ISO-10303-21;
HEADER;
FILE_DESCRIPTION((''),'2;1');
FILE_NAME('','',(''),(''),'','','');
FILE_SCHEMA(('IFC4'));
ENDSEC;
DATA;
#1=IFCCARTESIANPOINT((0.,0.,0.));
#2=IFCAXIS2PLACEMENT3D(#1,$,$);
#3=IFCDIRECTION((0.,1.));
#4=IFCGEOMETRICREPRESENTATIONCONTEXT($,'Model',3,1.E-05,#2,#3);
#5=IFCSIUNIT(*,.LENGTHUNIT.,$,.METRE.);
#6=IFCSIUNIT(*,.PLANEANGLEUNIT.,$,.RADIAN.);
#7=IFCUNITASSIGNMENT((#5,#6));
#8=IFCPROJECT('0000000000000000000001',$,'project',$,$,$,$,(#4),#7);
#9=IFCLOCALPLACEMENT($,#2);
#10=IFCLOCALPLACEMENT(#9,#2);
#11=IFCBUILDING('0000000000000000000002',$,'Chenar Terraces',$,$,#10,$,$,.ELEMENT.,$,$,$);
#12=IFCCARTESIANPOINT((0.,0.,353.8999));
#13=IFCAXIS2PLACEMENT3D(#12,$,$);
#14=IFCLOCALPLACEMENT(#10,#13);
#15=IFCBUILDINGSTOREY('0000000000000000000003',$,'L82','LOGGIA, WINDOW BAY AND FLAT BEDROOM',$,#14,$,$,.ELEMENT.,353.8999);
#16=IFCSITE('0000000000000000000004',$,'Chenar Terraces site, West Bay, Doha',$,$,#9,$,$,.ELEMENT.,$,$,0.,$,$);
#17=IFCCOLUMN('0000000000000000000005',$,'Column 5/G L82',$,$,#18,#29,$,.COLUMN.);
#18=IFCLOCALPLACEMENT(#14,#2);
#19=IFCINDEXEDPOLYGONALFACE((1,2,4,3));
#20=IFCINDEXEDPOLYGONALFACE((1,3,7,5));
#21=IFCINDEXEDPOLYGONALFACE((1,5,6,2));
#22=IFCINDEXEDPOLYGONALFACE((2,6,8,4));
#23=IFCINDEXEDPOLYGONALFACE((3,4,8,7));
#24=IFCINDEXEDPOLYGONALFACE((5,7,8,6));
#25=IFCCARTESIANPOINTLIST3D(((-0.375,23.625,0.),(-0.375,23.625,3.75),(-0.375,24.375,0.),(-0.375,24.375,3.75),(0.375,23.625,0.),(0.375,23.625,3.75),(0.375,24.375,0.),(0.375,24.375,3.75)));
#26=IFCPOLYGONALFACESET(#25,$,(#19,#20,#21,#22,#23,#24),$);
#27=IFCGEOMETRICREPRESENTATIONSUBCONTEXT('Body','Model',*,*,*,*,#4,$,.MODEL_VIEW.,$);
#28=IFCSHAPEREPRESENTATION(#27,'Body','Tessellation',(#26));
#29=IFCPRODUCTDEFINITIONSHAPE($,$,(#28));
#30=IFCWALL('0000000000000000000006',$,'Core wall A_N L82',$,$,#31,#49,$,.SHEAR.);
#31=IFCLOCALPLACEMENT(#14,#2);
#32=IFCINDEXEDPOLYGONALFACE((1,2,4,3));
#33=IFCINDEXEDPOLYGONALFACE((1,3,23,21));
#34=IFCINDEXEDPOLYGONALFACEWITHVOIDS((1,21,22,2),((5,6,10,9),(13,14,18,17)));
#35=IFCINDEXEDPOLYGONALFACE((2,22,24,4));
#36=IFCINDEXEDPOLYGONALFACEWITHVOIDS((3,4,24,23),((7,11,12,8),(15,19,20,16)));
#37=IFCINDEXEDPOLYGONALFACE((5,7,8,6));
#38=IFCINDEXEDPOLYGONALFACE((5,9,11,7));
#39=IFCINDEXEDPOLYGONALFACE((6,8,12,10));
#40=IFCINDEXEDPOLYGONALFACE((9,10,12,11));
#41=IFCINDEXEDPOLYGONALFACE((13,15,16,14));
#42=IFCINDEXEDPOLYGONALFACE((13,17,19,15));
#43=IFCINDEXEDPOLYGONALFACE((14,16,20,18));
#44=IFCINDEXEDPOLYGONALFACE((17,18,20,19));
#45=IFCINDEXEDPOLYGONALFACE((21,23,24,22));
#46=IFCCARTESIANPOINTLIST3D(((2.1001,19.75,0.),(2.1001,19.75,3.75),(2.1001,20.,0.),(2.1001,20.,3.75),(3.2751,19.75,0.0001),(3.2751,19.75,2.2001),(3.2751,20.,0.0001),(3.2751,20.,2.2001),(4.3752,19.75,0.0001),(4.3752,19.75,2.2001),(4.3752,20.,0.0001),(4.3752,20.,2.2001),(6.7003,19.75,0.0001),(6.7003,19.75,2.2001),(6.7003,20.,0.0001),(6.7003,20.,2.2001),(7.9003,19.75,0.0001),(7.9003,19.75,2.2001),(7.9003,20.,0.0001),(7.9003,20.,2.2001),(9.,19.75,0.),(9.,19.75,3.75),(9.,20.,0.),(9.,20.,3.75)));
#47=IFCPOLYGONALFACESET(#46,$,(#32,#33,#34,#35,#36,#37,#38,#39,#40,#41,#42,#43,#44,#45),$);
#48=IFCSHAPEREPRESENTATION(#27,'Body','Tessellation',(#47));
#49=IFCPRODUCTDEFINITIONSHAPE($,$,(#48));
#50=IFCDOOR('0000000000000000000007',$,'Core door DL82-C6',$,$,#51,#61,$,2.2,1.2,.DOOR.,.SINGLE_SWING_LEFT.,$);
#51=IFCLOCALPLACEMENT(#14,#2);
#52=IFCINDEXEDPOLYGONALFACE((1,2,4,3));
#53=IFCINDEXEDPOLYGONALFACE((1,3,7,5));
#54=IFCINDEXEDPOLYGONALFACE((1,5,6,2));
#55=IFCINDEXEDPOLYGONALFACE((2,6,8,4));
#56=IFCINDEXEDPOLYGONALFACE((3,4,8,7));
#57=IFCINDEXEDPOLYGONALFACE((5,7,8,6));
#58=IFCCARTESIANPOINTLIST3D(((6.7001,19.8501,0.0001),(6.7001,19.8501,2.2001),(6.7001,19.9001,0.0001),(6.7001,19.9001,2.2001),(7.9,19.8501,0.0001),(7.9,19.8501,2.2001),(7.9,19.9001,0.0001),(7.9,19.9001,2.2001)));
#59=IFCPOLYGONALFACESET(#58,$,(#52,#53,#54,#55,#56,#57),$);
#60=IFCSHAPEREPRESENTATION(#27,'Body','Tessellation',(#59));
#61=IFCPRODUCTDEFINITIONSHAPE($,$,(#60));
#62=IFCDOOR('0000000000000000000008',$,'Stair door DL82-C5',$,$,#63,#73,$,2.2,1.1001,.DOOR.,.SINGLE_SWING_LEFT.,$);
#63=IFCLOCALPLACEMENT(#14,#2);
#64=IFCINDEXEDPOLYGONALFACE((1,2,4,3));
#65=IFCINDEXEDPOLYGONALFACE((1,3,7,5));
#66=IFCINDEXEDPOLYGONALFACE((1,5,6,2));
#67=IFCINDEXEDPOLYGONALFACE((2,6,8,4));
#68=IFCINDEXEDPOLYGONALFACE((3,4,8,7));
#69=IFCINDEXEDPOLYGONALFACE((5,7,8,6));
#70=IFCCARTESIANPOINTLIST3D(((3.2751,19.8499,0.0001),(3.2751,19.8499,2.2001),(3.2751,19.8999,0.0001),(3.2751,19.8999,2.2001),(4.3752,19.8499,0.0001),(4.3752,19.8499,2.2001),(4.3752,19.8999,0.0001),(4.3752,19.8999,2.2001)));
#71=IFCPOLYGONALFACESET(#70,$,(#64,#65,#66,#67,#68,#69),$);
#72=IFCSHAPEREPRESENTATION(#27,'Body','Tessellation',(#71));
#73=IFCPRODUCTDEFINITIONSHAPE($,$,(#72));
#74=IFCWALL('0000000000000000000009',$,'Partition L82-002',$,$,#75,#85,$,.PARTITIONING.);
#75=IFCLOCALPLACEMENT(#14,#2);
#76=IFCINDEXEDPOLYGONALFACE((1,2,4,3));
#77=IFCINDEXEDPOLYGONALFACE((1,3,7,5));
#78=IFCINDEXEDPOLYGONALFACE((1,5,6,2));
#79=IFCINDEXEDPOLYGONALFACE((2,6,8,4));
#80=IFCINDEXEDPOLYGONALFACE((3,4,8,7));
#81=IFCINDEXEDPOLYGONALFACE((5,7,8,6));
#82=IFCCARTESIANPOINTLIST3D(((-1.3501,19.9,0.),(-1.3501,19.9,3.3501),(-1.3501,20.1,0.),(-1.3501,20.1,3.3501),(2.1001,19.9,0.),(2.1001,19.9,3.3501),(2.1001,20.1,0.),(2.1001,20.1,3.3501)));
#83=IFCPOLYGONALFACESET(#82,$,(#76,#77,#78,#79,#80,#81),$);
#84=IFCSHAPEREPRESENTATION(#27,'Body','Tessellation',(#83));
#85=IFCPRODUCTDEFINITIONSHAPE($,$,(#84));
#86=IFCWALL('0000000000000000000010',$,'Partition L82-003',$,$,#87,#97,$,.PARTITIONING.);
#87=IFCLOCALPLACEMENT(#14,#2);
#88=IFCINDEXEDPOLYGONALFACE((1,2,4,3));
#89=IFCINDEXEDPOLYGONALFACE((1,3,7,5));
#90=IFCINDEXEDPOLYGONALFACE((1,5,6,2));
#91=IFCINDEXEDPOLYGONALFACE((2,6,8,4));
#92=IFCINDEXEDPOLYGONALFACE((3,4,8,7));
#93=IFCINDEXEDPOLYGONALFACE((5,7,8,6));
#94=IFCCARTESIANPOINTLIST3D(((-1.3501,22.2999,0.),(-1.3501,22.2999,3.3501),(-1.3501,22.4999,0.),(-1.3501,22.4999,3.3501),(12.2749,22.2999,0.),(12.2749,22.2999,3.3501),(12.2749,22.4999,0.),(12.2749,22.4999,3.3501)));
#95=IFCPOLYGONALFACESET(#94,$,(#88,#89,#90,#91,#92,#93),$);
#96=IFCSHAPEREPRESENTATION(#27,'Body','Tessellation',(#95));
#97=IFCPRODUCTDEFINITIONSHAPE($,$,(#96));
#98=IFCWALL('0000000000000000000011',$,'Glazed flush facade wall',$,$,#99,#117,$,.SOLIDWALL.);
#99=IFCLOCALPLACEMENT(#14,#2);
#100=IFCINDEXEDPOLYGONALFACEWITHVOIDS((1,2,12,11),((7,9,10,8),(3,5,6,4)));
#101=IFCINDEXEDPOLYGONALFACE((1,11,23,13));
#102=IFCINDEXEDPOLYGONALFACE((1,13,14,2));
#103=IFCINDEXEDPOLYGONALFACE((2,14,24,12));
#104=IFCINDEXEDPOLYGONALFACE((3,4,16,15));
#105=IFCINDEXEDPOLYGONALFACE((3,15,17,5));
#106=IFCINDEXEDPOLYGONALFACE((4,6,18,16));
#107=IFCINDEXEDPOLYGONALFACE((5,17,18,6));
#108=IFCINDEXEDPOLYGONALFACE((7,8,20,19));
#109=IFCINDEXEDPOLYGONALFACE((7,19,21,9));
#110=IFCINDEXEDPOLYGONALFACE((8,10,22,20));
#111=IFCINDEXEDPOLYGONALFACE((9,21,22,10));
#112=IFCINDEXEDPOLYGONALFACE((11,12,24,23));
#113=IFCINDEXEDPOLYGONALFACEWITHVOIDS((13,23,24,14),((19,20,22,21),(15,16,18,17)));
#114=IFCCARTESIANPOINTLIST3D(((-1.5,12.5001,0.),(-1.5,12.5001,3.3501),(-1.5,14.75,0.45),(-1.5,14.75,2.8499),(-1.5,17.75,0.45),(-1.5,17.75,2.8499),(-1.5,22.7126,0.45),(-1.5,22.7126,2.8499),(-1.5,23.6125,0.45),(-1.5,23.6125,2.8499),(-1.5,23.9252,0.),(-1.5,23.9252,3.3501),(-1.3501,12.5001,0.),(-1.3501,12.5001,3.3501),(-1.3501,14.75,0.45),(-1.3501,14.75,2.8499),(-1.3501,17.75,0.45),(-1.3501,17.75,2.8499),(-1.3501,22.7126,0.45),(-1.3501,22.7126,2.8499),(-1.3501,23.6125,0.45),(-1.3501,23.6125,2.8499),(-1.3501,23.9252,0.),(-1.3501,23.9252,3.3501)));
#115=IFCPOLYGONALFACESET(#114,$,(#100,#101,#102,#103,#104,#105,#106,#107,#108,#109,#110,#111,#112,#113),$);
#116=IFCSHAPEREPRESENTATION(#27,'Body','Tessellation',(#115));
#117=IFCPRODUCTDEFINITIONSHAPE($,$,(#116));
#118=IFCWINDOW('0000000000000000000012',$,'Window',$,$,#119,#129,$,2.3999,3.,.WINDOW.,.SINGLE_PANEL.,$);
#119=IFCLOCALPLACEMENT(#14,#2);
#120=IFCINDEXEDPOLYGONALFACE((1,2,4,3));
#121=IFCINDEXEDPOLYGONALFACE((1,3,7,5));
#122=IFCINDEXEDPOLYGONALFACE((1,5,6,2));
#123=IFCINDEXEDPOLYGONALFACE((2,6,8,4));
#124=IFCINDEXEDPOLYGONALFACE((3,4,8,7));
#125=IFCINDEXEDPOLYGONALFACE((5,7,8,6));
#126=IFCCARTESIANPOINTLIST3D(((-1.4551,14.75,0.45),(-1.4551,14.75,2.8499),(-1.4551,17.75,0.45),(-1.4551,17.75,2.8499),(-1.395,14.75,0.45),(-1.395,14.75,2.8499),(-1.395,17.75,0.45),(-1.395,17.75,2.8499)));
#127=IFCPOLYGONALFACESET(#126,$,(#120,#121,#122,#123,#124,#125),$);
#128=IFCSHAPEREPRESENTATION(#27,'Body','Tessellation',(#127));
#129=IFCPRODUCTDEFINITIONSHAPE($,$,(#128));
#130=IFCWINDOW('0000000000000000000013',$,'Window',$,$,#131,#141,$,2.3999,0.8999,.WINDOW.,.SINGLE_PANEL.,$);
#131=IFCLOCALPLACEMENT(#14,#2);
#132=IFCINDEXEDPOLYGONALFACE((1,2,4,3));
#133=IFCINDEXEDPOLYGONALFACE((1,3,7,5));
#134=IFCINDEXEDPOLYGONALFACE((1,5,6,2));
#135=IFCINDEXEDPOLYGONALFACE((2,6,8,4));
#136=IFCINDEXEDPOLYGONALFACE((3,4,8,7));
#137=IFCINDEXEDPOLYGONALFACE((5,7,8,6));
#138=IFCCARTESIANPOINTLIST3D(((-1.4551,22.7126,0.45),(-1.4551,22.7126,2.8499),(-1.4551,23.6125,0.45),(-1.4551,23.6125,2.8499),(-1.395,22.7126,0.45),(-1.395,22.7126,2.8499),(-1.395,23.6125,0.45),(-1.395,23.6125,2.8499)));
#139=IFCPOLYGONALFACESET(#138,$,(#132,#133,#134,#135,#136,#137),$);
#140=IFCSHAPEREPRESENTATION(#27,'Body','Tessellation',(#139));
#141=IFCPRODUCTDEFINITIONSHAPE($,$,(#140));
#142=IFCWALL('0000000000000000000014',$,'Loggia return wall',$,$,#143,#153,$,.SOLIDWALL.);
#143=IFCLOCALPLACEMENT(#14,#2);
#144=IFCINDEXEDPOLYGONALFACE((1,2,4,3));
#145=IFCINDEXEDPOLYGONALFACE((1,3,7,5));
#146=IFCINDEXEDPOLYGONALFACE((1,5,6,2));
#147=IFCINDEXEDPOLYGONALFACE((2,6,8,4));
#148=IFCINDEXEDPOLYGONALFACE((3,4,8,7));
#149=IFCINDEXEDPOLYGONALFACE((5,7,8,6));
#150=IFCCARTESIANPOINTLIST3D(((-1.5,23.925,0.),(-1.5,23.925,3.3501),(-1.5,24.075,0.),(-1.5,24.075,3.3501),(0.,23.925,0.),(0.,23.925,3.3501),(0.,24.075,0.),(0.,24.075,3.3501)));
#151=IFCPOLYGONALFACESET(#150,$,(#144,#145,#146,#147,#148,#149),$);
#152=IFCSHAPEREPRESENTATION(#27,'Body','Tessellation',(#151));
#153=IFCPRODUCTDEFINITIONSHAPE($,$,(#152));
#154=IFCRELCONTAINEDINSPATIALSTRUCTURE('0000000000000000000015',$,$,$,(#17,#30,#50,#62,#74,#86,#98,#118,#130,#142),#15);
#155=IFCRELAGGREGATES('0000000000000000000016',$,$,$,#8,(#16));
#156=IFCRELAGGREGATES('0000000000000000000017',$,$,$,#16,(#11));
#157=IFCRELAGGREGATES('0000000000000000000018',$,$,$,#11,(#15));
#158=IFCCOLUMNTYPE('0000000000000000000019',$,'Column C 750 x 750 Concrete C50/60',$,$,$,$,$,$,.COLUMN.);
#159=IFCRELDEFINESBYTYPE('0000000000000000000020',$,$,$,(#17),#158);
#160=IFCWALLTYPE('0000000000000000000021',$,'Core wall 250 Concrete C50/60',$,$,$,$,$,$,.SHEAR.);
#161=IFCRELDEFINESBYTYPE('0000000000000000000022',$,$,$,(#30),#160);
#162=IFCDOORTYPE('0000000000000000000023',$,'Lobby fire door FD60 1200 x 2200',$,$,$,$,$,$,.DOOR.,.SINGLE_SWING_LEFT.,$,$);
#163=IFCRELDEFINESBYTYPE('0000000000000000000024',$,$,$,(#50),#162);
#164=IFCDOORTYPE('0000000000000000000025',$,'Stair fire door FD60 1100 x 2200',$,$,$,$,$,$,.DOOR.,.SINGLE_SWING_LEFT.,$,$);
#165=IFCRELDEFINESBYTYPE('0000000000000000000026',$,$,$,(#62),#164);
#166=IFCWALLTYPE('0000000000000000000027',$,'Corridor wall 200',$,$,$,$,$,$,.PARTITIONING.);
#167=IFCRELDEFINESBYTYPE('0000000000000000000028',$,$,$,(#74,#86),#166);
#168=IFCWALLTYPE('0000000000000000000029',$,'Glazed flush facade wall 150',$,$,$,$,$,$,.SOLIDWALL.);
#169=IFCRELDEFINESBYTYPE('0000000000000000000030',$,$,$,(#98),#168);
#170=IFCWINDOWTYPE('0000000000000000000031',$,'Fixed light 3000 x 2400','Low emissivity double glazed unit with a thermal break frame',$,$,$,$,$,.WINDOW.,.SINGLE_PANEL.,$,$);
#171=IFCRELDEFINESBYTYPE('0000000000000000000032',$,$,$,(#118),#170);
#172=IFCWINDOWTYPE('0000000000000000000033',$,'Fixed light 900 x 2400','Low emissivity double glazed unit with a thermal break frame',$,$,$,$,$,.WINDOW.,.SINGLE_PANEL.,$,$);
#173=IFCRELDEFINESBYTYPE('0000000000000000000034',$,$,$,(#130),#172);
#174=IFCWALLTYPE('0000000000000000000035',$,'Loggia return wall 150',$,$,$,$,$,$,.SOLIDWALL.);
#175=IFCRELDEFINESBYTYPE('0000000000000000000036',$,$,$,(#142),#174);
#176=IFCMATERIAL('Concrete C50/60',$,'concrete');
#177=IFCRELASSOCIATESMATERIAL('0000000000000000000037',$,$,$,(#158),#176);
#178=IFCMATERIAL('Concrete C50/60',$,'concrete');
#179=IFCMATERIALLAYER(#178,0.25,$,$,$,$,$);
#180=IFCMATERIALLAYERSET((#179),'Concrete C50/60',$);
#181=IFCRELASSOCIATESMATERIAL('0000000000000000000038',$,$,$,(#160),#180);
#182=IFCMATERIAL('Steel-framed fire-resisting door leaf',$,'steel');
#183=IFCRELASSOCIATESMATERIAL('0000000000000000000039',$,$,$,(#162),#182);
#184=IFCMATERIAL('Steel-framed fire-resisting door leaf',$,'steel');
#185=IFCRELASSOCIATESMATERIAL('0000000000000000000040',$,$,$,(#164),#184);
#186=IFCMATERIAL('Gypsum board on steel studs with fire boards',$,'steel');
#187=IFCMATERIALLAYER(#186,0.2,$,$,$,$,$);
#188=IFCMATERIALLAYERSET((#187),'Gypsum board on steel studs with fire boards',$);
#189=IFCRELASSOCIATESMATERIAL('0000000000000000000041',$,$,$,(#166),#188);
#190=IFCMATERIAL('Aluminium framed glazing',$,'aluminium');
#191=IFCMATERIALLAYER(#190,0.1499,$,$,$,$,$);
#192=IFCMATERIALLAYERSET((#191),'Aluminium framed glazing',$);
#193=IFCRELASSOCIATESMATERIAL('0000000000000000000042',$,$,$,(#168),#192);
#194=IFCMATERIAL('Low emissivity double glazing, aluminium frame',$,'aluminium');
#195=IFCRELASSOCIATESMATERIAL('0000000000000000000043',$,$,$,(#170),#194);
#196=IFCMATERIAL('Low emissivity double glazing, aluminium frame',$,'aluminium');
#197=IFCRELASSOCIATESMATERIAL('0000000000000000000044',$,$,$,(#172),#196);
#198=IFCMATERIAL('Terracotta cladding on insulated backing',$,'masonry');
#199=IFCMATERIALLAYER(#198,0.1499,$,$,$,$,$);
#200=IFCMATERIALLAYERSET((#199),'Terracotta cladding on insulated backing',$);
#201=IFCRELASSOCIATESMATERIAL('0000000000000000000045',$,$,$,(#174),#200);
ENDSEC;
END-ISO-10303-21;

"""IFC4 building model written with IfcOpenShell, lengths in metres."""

from ifc_helpers import new_model, si_unit, direction, frame, frame_2d, origin, origin_2d, place, context, subcontext, project, spatial, rectangle, extrude, material, layer, layer_set, material_profile, profile_set, type_object, element, fill, save


model = new_model("IFC4")

# Units and contexts
model_context = context("Model", 3, precision=1e-05, world=origin(), true_north=direction((0.0, 1.0)))
body_context = subcontext(model_context, "Body", "Model", "MODEL_VIEW")
ifc_project = project(units=[si_unit("LENGTHUNIT", "METRE"), si_unit("PLANEANGLEUNIT", "RADIAN")], contexts=[model_context])

# Site, building, storey
site_placement = place(None, origin())
site = spatial("IfcSite", under=ifc_project, at=site_placement, Name="Chenar Terraces site, West Bay, Doha", CompositionType="ELEMENT", RefElevation=0.0)
building_placement = place(site_placement, origin())
building = spatial("IfcBuilding", under=site, at=building_placement, Name="Chenar Terraces", CompositionType="ELEMENT")
storey_placement = place(building_placement, frame((0.0, 0.0, 353.8999)))
storey = spatial("IfcBuildingStorey", under=building, at=storey_placement, Name="L82", Description="LOGGIA, WINDOW BAY AND FLAT BEDROOM", CompositionType="ELEMENT", Elevation=353.8999)

# Column
ifc_material_1 = material(Name="Concrete C50/60", Category="concrete")
ifc_material_profile_1 = material_profile(ifc_material_1, rectangle(XDim=0.75, YDim=0.75, at=origin_2d()), Name="C 750 x 750")
ifc_profile_set_1 = profile_set([ifc_material_profile_1], Name="Concrete C50/60")
column_type = type_object("IfcColumnType", Name="Column C 750 x 750 Concrete C50/60", PredefinedType="COLUMN", material=ifc_profile_set_1)
column_placement = place(storey_placement, frame((0.0, 24.0, 0.0), z_axis=(0.0, 0.0, 1.0), x_axis=(1.0, 0.0, 0.0)))
element("IfcColumn", 1, at=column_placement, inside=storey, type_object=column_type, Name="Column 5/G L82", PredefinedType="COLUMN", context=body_context, shape_type="SweptSolid", body=[
    extrude(rectangle(XDim=0.75, YDim=0.75, at=origin_2d()), origin(), (0.0, 0.0, 1.0), 3.75),
])

# Wall, openings, doors
ifc_material_2 = material(Name="Concrete C50/60", Category="concrete")
ifc_layer_1 = layer(ifc_material_2, 0.25)
ifc_layer_set_1 = layer_set([ifc_layer_1], Name="Concrete C50/60")
wall_type_1 = type_object("IfcWallType", Name="Core wall 250 Concrete C50/60", PredefinedType="SHEAR", material=ifc_layer_set_1)
wall_1_placement = place(storey_placement, frame((2.1001, 19.875, 0.0), z_axis=(0.0, 0.0, 1.0), x_axis=(1.0, 0.0, 0.0)))
wall_1 = element("IfcWall", 2, at=wall_1_placement, inside=storey, type_object=wall_type_1, Name="Core wall A_N L82", PredefinedType="SHEAR", context=body_context, shape_type="SweptSolid", body=[
    extrude(rectangle(XDim=6.8999, YDim=0.25, at=frame_2d((3.45, 0.0))), origin(), (0.0, 0.0, 1.0), 3.75),
])
opening_1_placement = place(wall_1_placement, frame((1.175, 0.0, 0.0)))
opening_1 = element("IfcOpeningElement", 3, at=opening_1_placement, cuts=wall_1, PredefinedType="OPENING", context=body_context, shape_type="SweptSolid", body=[
    extrude(rectangle(XDim=1.1001, YDim=2.2, at=frame_2d((0.55, 1.1001))), frame((0.0, 0.135, 0.0), z_axis=(0.0, -1.0, 0.0), x_axis=(1.0, 0.0, 0.0)), (0.0, 0.0, 1.0), 0.27),
])
opening_2_placement = place(wall_1_placement, frame((4.6001, 0.0, 0.0)))
opening_2 = element("IfcOpeningElement", 4, at=opening_2_placement, cuts=wall_1, PredefinedType="OPENING", context=body_context, shape_type="SweptSolid", body=[
    extrude(rectangle(XDim=1.2, YDim=2.2, at=frame_2d((0.6001, 1.1001))), frame((0.0, 0.135, 0.0), z_axis=(0.0, -1.0, 0.0), x_axis=(1.0, 0.0, 0.0)), (0.0, 0.0, 1.0), 0.27),
])
ifc_material_3 = material(Name="Steel-framed fire-resisting door leaf", Category="steel")
door_type_1 = type_object("IfcDoorType", Name="Lobby fire door FD60 1200 x 2200", OperationType="SINGLE_SWING_LEFT", PredefinedType="DOOR", material=ifc_material_3)
door_1_placement = place(opening_2_placement, frame((1.2, 0.0, 0.0), z_axis=(0.0, 0.0, 1.0), x_axis=(-1.0, 0.0, 0.0)))
door_1 = element("IfcDoor", 5, at=door_1_placement, inside=storey, type_object=door_type_1, Name="Core door DL82-C6", OperationType="SINGLE_SWING_LEFT", OverallHeight=2.2, OverallWidth=1.2, PredefinedType="DOOR", context=body_context, shape_type="SweptSolid", body=[
    extrude(rectangle(XDim=1.2, YDim=2.2, at=frame_2d((0.6001, 1.1001))), frame((0.0, 0.0249, 0.0), z_axis=(0.0, -1.0, 0.0), x_axis=(1.0, 0.0, 0.0)), (0.0, 0.0, 1.0), 0.05),
])
fill(opening_2, door_1)
ifc_material_4 = material(Name="Steel-framed fire-resisting door leaf", Category="steel")
door_type_2 = type_object("IfcDoorType", Name="Stair fire door FD60 1100 x 2200", OperationType="SINGLE_SWING_LEFT", PredefinedType="DOOR", material=ifc_material_4)
door_2_placement = place(opening_1_placement, origin())
door_2 = element("IfcDoor", 6, at=door_2_placement, inside=storey, type_object=door_type_2, Name="Stair door DL82-C5", OperationType="SINGLE_SWING_LEFT", OverallHeight=2.2, OverallWidth=1.1001, PredefinedType="DOOR", context=body_context, shape_type="SweptSolid", body=[
    extrude(rectangle(XDim=1.1001, YDim=2.2, at=frame_2d((0.55, 1.1001))), frame((0.0, 0.0249, 0.0), z_axis=(0.0, -1.0, 0.0), x_axis=(1.0, 0.0, 0.0)), (0.0, 0.0, 1.0), 0.05),
])
fill(opening_1, door_2)

# Walls
ifc_material_5 = material(Name="Gypsum board on steel studs with fire boards", Category="steel")
ifc_layer_2 = layer(ifc_material_5, 0.2)
ifc_layer_set_2 = layer_set([ifc_layer_2], Name="Gypsum board on steel studs with fire boards")
wall_type_2 = type_object("IfcWallType", Name="Corridor wall 200", PredefinedType="PARTITIONING", material=ifc_layer_set_2)
wall_2_placement = place(storey_placement, frame((-1.3501, 20.0, 0.0), z_axis=(0.0, 0.0, 1.0), x_axis=(1.0, 0.0, 0.0)))
element("IfcWall", 7, at=wall_2_placement, inside=storey, type_object=wall_type_2, Name="Partition L82-002", PredefinedType="PARTITIONING", context=body_context, shape_type="SweptSolid", body=[
    extrude(rectangle(XDim=3.4502, YDim=0.2, at=frame_2d((1.7251, 0.0))), origin(), (0.0, 0.0, 1.0), 3.3501),
])
wall_3_placement = place(storey_placement, frame((-1.3501, 22.3999, 0.0), z_axis=(0.0, 0.0, 1.0), x_axis=(1.0, 0.0, 0.0)))
element("IfcWall", 8, at=wall_3_placement, inside=storey, type_object=wall_type_2, Name="Partition L82-003", PredefinedType="PARTITIONING", context=body_context, shape_type="SweptSolid", body=[
    extrude(rectangle(XDim=13.625, YDim=0.2, at=frame_2d((6.8125, 0.0))), origin(), (0.0, 0.0, 1.0), 3.3501),
])

# Wall, openings, windows
ifc_material_6 = material(Name="Aluminium framed glazing", Category="aluminium")
ifc_layer_3 = layer(ifc_material_6, 0.1499)
ifc_layer_set_3 = layer_set([ifc_layer_3], Name="Aluminium framed glazing")
wall_type_3 = type_object("IfcWallType", Name="Glazed flush facade wall 150", PredefinedType="SOLIDWALL", material=ifc_layer_set_3)
wall_4_placement = place(storey_placement, frame((-1.425, 23.925, 0.0), z_axis=(0.0, 0.0, 1.0), x_axis=(0.0, -1.0, 0.0)))
wall_4 = element("IfcWall", 9, at=wall_4_placement, inside=storey, type_object=wall_type_3, Name="Glazed flush facade wall", PredefinedType="SOLIDWALL", context=body_context, shape_type="SweptSolid", body=[
    extrude(rectangle(XDim=11.425, YDim=0.1499, at=frame_2d((5.7124, 0.0))), origin(), (0.0, 0.0, 1.0), 3.3501),
])
opening_3_placement = place(wall_4_placement, frame((0.3125, 0.0, 0.45)))
opening_3 = element("IfcOpeningElement", 10, at=opening_3_placement, cuts=wall_4, PredefinedType="OPENING", context=body_context, shape_type="SweptSolid", body=[
    extrude(rectangle(XDim=0.8999, YDim=2.3999, at=frame_2d((0.45, 1.2))), frame((0.0, 0.085, 0.0), z_axis=(0.0, -1.0, 0.0), x_axis=(1.0, 0.0, 0.0)), (0.0, 0.0, 1.0), 0.1699),
])
opening_4_placement = place(wall_4_placement, frame((6.175, 0.0, 0.45)))
opening_4 = element("IfcOpeningElement", 11, at=opening_4_placement, cuts=wall_4, PredefinedType="OPENING", context=body_context, shape_type="SweptSolid", body=[
    extrude(rectangle(XDim=3.0, YDim=2.3999, at=frame_2d((1.5, 1.2))), frame((0.0, 0.085, 0.0), z_axis=(0.0, -1.0, 0.0), x_axis=(1.0, 0.0, 0.0)), (0.0, 0.0, 1.0), 0.1699),
])
ifc_material_7 = material(Name="Low emissivity double glazing, aluminium frame", Category="aluminium")
window_type_1 = type_object("IfcWindowType", Name="Fixed light 3000 x 2400", Description="Low emissivity double glazed unit with a thermal break frame", PartitioningType="SINGLE_PANEL", PredefinedType="WINDOW", material=ifc_material_7)
window_1_placement = place(opening_4_placement, origin())
window_1 = element("IfcWindow", 12, at=window_1_placement, inside=storey, type_object=window_type_1, Name="Window", OverallHeight=2.3999, OverallWidth=3.0, PartitioningType="SINGLE_PANEL", PredefinedType="WINDOW", context=body_context, shape_type="SweptSolid", body=[
    extrude(rectangle(XDim=3.0, YDim=2.3999, at=frame_2d((1.5, 1.2))), frame((0.0, 0.03, 0.0), z_axis=(0.0, -1.0, 0.0), x_axis=(1.0, 0.0, 0.0)), (0.0, 0.0, 1.0), 0.0601),
])
fill(opening_4, window_1)
ifc_material_8 = material(Name="Low emissivity double glazing, aluminium frame", Category="aluminium")
window_type_2 = type_object("IfcWindowType", Name="Fixed light 900 x 2400", Description="Low emissivity double glazed unit with a thermal break frame", PartitioningType="SINGLE_PANEL", PredefinedType="WINDOW", material=ifc_material_8)
window_2_placement = place(opening_3_placement, origin())
window_2 = element("IfcWindow", 13, at=window_2_placement, inside=storey, type_object=window_type_2, Name="Window", OverallHeight=2.3999, OverallWidth=0.8999, PartitioningType="SINGLE_PANEL", PredefinedType="WINDOW", context=body_context, shape_type="SweptSolid", body=[
    extrude(rectangle(XDim=0.8999, YDim=2.3999, at=frame_2d((0.45, 1.2))), frame((0.0, 0.03, 0.0), z_axis=(0.0, -1.0, 0.0), x_axis=(1.0, 0.0, 0.0)), (0.0, 0.0, 1.0), 0.0601),
])
fill(opening_3, window_2)

# Wall
ifc_material_9 = material(Name="Terracotta cladding on insulated backing", Category="masonry")
ifc_layer_4 = layer(ifc_material_9, 0.1499)
ifc_layer_set_4 = layer_set([ifc_layer_4], Name="Terracotta cladding on insulated backing")
wall_type_4 = type_object("IfcWallType", Name="Loggia return wall 150", PredefinedType="SOLIDWALL", material=ifc_layer_set_4)
wall_5_placement = place(storey_placement, frame((-1.5, 24.0, 0.0), z_axis=(0.0, 0.0, 1.0), x_axis=(1.0, 0.0, 0.0)))
element("IfcWall", 14, at=wall_5_placement, inside=storey, type_object=wall_type_4, Name="Loggia return wall", PredefinedType="SOLIDWALL", context=body_context, shape_type="SweptSolid", body=[
    extrude(rectangle(XDim=1.5, YDim=0.1499, at=frame_2d((0.75, 0.0))), origin(), (0.0, 0.0, 1.0), 3.3501),
])

save(model, "model.ifc")
